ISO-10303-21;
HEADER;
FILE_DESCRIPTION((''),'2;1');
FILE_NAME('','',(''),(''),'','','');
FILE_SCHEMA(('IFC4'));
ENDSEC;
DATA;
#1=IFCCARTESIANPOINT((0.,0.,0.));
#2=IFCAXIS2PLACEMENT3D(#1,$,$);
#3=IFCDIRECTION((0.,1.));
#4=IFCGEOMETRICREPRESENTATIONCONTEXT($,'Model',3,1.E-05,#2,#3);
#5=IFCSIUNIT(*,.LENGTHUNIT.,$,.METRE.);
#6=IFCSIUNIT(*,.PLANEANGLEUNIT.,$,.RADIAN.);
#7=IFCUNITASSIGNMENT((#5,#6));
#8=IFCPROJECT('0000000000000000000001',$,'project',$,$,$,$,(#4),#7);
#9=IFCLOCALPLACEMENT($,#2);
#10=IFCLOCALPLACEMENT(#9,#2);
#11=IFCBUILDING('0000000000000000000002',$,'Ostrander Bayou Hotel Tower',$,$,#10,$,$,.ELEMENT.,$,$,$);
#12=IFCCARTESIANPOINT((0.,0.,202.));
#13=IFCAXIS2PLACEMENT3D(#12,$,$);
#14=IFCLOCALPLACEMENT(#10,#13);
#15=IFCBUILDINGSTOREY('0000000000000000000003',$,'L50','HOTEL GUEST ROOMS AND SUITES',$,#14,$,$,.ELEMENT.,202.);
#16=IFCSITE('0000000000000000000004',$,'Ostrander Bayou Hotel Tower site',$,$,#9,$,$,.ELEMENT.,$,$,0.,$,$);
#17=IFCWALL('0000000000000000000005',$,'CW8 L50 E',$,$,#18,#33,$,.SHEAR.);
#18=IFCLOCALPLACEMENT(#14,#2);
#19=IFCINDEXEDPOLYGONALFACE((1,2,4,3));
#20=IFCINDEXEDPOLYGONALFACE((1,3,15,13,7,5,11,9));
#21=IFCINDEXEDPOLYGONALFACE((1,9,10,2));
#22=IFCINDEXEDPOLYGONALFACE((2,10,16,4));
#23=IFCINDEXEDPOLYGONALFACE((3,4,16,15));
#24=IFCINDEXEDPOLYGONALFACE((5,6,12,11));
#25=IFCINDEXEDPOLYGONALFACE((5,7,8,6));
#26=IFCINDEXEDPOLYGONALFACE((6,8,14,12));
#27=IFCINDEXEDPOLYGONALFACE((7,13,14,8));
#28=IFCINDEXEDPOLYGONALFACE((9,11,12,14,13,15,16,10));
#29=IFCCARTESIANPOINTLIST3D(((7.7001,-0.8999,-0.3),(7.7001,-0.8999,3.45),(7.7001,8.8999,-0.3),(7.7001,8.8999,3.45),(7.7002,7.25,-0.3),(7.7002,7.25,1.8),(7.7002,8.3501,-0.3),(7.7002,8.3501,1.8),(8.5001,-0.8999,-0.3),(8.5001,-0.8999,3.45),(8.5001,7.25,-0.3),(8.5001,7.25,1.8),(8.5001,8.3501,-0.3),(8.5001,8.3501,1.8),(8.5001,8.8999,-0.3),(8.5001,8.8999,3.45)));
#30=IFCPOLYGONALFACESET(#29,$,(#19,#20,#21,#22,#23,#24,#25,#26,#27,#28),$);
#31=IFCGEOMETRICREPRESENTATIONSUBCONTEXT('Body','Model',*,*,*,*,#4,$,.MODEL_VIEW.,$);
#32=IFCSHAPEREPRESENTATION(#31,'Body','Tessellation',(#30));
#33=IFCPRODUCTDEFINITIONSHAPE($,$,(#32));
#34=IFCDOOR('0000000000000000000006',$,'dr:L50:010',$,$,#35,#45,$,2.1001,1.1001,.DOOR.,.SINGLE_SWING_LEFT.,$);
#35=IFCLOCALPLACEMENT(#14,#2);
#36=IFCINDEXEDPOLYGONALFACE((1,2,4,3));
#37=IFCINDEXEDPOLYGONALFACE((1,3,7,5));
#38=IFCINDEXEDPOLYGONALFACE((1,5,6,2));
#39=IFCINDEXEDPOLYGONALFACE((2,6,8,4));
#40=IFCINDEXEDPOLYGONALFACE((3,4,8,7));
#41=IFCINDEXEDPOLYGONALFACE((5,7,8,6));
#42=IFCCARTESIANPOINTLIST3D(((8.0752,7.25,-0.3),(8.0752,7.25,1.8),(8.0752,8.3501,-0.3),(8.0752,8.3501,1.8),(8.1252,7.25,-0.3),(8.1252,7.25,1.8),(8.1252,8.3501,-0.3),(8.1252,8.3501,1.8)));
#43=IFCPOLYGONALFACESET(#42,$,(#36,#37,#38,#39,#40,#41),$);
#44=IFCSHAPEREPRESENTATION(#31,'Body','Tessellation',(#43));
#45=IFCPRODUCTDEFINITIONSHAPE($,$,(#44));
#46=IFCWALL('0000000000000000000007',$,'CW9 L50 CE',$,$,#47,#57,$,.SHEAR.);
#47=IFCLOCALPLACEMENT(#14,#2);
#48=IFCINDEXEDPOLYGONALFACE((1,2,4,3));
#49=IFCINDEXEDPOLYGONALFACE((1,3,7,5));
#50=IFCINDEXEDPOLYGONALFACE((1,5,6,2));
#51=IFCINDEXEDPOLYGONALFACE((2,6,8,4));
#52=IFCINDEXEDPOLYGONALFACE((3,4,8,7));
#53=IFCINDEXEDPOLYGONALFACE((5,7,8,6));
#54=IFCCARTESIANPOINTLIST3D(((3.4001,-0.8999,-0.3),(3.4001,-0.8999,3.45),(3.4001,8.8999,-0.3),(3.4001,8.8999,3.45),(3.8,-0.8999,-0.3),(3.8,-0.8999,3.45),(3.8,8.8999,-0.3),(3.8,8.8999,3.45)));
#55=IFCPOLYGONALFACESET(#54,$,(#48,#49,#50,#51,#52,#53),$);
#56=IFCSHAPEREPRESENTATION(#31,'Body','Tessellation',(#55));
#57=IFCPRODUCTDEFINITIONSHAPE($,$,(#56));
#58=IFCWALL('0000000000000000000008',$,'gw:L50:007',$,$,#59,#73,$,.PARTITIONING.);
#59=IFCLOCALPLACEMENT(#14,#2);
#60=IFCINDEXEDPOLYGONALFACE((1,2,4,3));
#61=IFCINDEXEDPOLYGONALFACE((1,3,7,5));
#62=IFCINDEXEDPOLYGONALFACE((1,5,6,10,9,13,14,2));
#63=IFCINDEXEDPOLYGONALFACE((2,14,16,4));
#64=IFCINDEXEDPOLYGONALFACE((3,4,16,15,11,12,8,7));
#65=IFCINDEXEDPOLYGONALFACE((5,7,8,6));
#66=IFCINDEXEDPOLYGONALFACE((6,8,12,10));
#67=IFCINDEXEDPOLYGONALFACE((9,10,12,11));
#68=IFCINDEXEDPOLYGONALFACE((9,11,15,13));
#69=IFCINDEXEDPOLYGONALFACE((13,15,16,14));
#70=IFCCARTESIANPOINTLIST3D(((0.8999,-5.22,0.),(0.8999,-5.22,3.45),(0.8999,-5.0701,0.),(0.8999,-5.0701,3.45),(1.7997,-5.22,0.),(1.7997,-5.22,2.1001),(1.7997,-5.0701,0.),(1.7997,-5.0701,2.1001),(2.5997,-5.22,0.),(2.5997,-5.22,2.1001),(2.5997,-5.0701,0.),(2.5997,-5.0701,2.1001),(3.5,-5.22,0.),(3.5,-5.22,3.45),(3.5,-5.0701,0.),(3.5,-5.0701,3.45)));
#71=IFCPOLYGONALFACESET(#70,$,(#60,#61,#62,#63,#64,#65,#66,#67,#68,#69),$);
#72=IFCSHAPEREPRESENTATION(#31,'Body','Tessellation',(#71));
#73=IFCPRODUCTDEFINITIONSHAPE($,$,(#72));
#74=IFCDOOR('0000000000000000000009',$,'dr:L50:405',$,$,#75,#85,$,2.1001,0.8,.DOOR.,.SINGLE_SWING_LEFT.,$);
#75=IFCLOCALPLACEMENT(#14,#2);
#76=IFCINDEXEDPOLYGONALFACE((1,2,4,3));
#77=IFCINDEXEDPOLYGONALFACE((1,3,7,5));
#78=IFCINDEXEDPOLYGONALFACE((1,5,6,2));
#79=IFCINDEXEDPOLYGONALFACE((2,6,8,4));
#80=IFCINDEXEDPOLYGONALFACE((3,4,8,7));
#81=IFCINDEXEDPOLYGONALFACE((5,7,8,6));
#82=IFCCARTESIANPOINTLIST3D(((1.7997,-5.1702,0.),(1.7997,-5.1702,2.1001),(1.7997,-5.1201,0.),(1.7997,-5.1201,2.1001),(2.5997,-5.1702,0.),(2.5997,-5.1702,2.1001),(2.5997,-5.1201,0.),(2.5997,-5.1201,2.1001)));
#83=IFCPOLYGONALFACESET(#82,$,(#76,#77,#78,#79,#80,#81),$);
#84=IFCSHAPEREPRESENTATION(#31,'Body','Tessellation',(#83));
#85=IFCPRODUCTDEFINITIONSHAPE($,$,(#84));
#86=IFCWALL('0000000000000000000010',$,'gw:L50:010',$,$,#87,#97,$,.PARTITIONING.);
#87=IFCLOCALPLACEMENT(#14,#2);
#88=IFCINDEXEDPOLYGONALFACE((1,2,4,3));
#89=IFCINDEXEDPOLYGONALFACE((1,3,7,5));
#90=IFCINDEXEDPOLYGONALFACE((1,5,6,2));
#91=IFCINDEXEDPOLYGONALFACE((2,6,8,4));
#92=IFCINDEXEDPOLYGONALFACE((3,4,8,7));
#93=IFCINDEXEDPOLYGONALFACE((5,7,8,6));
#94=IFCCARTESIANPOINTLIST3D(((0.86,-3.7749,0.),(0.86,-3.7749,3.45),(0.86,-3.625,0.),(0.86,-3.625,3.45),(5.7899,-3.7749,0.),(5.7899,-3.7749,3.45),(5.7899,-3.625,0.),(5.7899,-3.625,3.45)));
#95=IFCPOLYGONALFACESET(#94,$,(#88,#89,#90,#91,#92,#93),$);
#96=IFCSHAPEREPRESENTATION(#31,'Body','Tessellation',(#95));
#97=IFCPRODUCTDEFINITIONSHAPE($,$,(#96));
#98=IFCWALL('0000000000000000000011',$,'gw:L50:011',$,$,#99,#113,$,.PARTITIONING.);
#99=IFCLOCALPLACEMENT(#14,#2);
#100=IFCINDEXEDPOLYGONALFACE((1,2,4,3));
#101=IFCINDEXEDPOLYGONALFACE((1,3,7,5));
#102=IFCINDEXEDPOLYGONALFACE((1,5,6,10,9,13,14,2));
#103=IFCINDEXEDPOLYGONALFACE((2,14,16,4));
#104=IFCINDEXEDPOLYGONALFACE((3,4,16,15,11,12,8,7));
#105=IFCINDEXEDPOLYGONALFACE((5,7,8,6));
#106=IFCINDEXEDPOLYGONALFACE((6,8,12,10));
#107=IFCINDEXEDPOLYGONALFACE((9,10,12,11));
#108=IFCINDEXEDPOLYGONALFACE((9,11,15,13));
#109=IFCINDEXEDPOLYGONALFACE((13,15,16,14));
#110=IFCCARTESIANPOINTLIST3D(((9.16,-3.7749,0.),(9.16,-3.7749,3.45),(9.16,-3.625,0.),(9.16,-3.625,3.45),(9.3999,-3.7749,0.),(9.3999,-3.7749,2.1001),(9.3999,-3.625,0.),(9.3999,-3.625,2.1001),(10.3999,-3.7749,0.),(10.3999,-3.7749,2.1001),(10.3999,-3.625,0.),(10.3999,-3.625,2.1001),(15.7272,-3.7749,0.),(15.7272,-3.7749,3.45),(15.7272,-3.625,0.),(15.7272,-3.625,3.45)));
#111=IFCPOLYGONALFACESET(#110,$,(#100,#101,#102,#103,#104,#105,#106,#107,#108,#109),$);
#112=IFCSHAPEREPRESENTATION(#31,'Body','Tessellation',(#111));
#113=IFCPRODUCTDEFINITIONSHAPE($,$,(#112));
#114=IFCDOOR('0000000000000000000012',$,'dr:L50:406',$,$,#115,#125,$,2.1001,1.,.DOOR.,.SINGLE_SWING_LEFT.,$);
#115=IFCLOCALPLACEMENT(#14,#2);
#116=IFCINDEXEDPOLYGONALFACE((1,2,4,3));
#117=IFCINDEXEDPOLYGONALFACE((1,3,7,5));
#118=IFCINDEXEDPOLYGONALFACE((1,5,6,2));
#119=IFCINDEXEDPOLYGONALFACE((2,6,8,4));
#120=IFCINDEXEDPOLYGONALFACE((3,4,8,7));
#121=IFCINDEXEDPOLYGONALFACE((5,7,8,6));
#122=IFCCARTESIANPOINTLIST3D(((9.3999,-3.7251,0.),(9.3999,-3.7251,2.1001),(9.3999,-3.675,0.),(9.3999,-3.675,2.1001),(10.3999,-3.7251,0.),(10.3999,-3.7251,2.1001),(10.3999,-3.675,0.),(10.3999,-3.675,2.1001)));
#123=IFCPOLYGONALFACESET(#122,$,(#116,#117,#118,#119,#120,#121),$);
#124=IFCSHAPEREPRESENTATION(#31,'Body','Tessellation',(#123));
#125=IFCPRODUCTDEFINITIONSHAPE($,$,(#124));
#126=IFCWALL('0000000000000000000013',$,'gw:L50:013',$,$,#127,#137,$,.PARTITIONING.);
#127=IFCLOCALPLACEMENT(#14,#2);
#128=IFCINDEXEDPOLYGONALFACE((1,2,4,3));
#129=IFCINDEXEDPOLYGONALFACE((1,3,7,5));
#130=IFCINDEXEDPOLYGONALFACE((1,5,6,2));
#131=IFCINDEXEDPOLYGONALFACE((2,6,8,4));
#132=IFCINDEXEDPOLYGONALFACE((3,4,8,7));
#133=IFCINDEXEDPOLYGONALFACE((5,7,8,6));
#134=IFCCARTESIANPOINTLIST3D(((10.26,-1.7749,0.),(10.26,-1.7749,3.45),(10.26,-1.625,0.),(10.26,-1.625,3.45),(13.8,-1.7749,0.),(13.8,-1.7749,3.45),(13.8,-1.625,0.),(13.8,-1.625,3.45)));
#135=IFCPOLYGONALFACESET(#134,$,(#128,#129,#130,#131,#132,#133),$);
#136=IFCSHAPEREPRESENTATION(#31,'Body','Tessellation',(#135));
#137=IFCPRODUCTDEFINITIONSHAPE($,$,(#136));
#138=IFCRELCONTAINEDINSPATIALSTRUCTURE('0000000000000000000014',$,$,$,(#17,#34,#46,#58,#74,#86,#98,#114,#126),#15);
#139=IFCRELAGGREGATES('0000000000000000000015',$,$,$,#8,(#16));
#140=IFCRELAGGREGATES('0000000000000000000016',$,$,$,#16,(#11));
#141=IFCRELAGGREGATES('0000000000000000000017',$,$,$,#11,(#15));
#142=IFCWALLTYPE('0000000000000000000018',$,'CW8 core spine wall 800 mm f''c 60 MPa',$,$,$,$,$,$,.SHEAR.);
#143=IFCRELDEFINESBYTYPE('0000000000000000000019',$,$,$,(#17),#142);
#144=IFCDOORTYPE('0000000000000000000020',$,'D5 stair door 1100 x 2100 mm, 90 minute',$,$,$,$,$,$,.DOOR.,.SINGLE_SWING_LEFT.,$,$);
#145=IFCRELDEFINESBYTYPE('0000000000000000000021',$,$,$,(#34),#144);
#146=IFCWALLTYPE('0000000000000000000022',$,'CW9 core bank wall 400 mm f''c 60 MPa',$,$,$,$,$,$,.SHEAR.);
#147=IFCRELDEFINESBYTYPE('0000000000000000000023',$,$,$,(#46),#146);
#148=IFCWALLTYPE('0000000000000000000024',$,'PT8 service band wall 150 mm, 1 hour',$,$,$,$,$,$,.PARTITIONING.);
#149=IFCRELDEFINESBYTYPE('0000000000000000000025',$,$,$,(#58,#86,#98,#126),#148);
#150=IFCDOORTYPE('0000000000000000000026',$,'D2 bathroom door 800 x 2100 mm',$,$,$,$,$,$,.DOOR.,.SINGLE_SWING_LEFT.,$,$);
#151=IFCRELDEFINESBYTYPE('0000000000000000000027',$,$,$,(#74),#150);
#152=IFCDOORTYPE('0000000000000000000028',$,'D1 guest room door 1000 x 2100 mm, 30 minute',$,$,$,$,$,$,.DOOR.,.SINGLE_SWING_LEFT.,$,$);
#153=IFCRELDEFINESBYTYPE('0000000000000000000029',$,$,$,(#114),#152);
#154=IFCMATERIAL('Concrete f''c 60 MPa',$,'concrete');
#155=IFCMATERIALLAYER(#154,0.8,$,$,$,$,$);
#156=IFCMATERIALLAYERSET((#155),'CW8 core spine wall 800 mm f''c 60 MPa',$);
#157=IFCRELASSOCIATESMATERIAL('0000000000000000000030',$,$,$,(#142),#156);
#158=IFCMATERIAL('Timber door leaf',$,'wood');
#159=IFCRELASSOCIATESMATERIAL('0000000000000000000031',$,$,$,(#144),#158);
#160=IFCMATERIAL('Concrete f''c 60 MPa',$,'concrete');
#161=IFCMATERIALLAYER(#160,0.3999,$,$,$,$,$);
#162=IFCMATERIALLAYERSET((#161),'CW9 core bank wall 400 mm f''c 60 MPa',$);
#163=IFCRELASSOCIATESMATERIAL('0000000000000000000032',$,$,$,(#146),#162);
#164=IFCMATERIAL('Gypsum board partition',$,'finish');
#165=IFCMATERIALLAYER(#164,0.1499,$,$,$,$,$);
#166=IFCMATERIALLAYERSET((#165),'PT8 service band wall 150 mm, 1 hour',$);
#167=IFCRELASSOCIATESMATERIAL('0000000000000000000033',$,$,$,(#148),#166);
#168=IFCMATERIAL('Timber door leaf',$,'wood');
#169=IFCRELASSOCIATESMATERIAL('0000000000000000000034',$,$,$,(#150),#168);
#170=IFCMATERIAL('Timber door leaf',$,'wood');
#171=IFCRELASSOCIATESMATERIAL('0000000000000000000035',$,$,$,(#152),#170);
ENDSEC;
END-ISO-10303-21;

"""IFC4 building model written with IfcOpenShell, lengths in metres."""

from ifc_helpers import new_model, si_unit, direction, frame, frame_2d, origin, place, context, subcontext, project, spatial, rectangle, extrude, material, layer, layer_set, type_object, element, fill, save


model = new_model("IFC4")

# Units and contexts
model_context = context("Model", 3, precision=1e-05, world=origin(), true_north=direction((0.0, 1.0)))
body_context = subcontext(model_context, "Body", "Model", "MODEL_VIEW")
ifc_project = project(units=[si_unit("LENGTHUNIT", "METRE"), si_unit("PLANEANGLEUNIT", "RADIAN")], contexts=[model_context])

# Site, building, storey
site_placement = place(None, origin())
site = spatial("IfcSite", under=ifc_project, at=site_placement, Name="Ostrander Bayou Hotel Tower site", CompositionType="ELEMENT", RefElevation=0.0)
building_placement = place(site_placement, origin())
building = spatial("IfcBuilding", under=site, at=building_placement, Name="Ostrander Bayou Hotel Tower", CompositionType="ELEMENT")
storey_placement = place(building_placement, frame((0.0, 0.0, 202.0)))
storey = spatial("IfcBuildingStorey", under=building, at=storey_placement, Name="L50", Description="HOTEL GUEST ROOMS AND SUITES", CompositionType="ELEMENT", Elevation=202.0)

# Wall, opening, door
ifc_material_1 = material(Name="Concrete f'c 60 MPa", Category="concrete")
ifc_layer_1 = layer(ifc_material_1, 0.8)
ifc_layer_set_1 = layer_set([ifc_layer_1], Name="CW8 core spine wall 800 mm f'c 60 MPa")
wall_type_1 = type_object("IfcWallType", Name="CW8 core spine wall 800 mm f'c 60 MPa", PredefinedType="SHEAR", material=ifc_layer_set_1)
wall_1_placement = place(storey_placement, frame((8.1001, -0.8999, -0.3), z_axis=(0.0, 0.0, 1.0), x_axis=(0.0, 1.0, 0.0)))
wall_1 = element("IfcWall", 1, at=wall_1_placement, inside=storey, type_object=wall_type_1, Name="CW8 L50 E", PredefinedType="SHEAR", context=body_context, shape_type="SweptSolid", body=[
    extrude(rectangle(XDim=9.7998, YDim=0.8, at=frame_2d((4.8999, 0.0))), origin(), (0.0, 0.0, 1.0), 3.75),
])
opening_1_placement = place(wall_1_placement, frame((8.1499, 0.0, 0.0)))
opening_1 = element("IfcOpeningElement", 2, at=opening_1_placement, cuts=wall_1, PredefinedType="OPENING", context=body_context, shape_type="SweptSolid", body=[
    extrude(rectangle(XDim=1.1001, YDim=2.1001, at=frame_2d((0.55, 1.05))), frame((0.0, 0.3999, 0.0), z_axis=(0.0, -1.0, 0.0), x_axis=(1.0, 0.0, 0.0)), (0.0, 0.0, 1.0), 0.8),
])
ifc_material_2 = material(Name="Timber door leaf", Category="wood")
door_type_1 = type_object("IfcDoorType", Name="D5 stair door 1100 x 2100 mm, 90 minute", OperationType="SINGLE_SWING_LEFT", PredefinedType="DOOR", material=ifc_material_2)
door_1_placement = place(opening_1_placement, origin())
door_1 = element("IfcDoor", 3, at=door_1_placement, inside=storey, type_object=door_type_1, Name="dr:L50:010", OperationType="SINGLE_SWING_LEFT", OverallHeight=2.1001, OverallWidth=1.1001, PredefinedType="DOOR", context=body_context, shape_type="SweptSolid", body=[
    extrude(rectangle(XDim=1.1001, YDim=2.1001, at=frame_2d((0.55, 1.05))), frame((0.0, 0.0249, 0.0), z_axis=(0.0, -1.0, 0.0), x_axis=(1.0, 0.0, 0.0)), (0.0, 0.0, 1.0), 0.05),
])
fill(opening_1, door_1)

# Wall
ifc_material_3 = material(Name="Concrete f'c 60 MPa", Category="concrete")
ifc_layer_2 = layer(ifc_material_3, 0.3999)
ifc_layer_set_2 = layer_set([ifc_layer_2], Name="CW9 core bank wall 400 mm f'c 60 MPa")
wall_type_2 = type_object("IfcWallType", Name="CW9 core bank wall 400 mm f'c 60 MPa", PredefinedType="SHEAR", material=ifc_layer_set_2)
wall_2_placement = place(storey_placement, frame((3.6001, -0.8999, -0.3), z_axis=(0.0, 0.0, 1.0), x_axis=(0.0, 1.0, 0.0)))
element("IfcWall", 4, at=wall_2_placement, inside=storey, type_object=wall_type_2, Name="CW9 L50 CE", PredefinedType="SHEAR", context=body_context, shape_type="SweptSolid", body=[
    extrude(rectangle(XDim=9.7998, YDim=0.3999, at=frame_2d((4.8999, 0.0))), origin(), (0.0, 0.0, 1.0), 3.75),
])

# Wall, opening, door
ifc_material_4 = material(Name="Gypsum board partition", Category="finish")
ifc_layer_3 = layer(ifc_material_4, 0.1499)
ifc_layer_set_3 = layer_set([ifc_layer_3], Name="PT8 service band wall 150 mm, 1 hour")
wall_type_3 = type_object("IfcWallType", Name="PT8 service band wall 150 mm, 1 hour", PredefinedType="PARTITIONING", material=ifc_layer_set_3)
wall_3_placement = place(storey_placement, frame((0.8999, -5.145, 0.0), z_axis=(0.0, 0.0, 1.0), x_axis=(1.0, 0.0, 0.0)))
wall_3 = element("IfcWall", 5, at=wall_3_placement, inside=storey, type_object=wall_type_3, Name="gw:L50:007", PredefinedType="PARTITIONING", context=body_context, shape_type="SweptSolid", body=[
    extrude(rectangle(XDim=2.6001, YDim=0.1499, at=frame_2d((1.3, 0.0))), origin(), (0.0, 0.0, 1.0), 3.45),
])
opening_2_placement = place(wall_3_placement, frame((0.8999, 0.0, 0.0)))
opening_2 = element("IfcOpeningElement", 6, at=opening_2_placement, cuts=wall_3, PredefinedType="OPENING", context=body_context, shape_type="SweptSolid", body=[
    extrude(rectangle(XDim=0.8, YDim=2.1001, at=frame_2d((0.3999, 1.05))), frame((0.0, 0.075, 0.0), z_axis=(0.0, -1.0, 0.0), x_axis=(1.0, 0.0, 0.0)), (0.0, 0.0, 1.0), 0.1499),
])
ifc_material_5 = material(Name="Timber door leaf", Category="wood")
door_type_2 = type_object("IfcDoorType", Name="D2 bathroom door 800 x 2100 mm", OperationType="SINGLE_SWING_LEFT", PredefinedType="DOOR", material=ifc_material_5)
door_2_placement = place(opening_2_placement, origin())
door_2 = element("IfcDoor", 7, at=door_2_placement, inside=storey, type_object=door_type_2, Name="dr:L50:405", OperationType="SINGLE_SWING_LEFT", OverallHeight=2.1001, OverallWidth=0.8, PredefinedType="DOOR", context=body_context, shape_type="SweptSolid", body=[
    extrude(rectangle(XDim=0.8, YDim=2.1001, at=frame_2d((0.3999, 1.05))), frame((0.0, 0.0249, 0.0), z_axis=(0.0, -1.0, 0.0), x_axis=(1.0, 0.0, 0.0)), (0.0, 0.0, 1.0), 0.05),
])
fill(opening_2, door_2)

# Wall
wall_4_placement = place(storey_placement, frame((0.8601, -3.7, 0.0), z_axis=(0.0, 0.0, 1.0), x_axis=(1.0, 0.0, 0.0)))
element("IfcWall", 8, at=wall_4_placement, inside=storey, type_object=wall_type_3, Name="gw:L50:010", PredefinedType="PARTITIONING", context=body_context, shape_type="SweptSolid", body=[
    extrude(rectangle(XDim=4.9299, YDim=0.1499, at=frame_2d((2.4648, 0.0))), origin(), (0.0, 0.0, 1.0), 3.45),
])

# Wall, opening, door
wall_5_placement = place(storey_placement, frame((9.1599, -3.7, 0.0), z_axis=(0.0, 0.0, 1.0), x_axis=(1.0, 0.0, 0.0)))
wall_5 = element("IfcWall", 9, at=wall_5_placement, inside=storey, type_object=wall_type_3, Name="gw:L50:011", PredefinedType="PARTITIONING", context=body_context, shape_type="SweptSolid", body=[
    extrude(rectangle(XDim=6.5671, YDim=0.1499, at=frame_2d((3.2837, 0.0))), origin(), (0.0, 0.0, 1.0), 3.45),
])
opening_3_placement = place(wall_5_placement, frame((0.24, 0.0, 0.0)))
opening_3 = element("IfcOpeningElement", 10, at=opening_3_placement, cuts=wall_5, PredefinedType="OPENING", context=body_context, shape_type="SweptSolid", body=[
    extrude(rectangle(XDim=1.0, YDim=2.1001, at=frame_2d((0.5, 1.05))), frame((0.0, 0.075, 0.0), z_axis=(0.0, -1.0, 0.0), x_axis=(1.0, 0.0, 0.0)), (0.0, 0.0, 1.0), 0.1499),
])
ifc_material_6 = material(Name="Timber door leaf", Category="wood")
door_type_3 = type_object("IfcDoorType", Name="D1 guest room door 1000 x 2100 mm, 30 minute", OperationType="SINGLE_SWING_LEFT", PredefinedType="DOOR", material=ifc_material_6)
door_3_placement = place(opening_3_placement, origin())
door_3 = element("IfcDoor", 11, at=door_3_placement, inside=storey, type_object=door_type_3, Name="dr:L50:406", OperationType="SINGLE_SWING_LEFT", OverallHeight=2.1001, OverallWidth=1.0, PredefinedType="DOOR", context=body_context, shape_type="SweptSolid", body=[
    extrude(rectangle(XDim=1.0, YDim=2.1001, at=frame_2d((0.5, 1.05))), frame((0.0, 0.0249, 0.0), z_axis=(0.0, -1.0, 0.0), x_axis=(1.0, 0.0, 0.0)), (0.0, 0.0, 1.0), 0.05),
])
fill(opening_3, door_3)

# Wall
wall_6_placement = place(storey_placement, frame((10.26, -1.7, 0.0), z_axis=(0.0, 0.0, 1.0), x_axis=(1.0, 0.0, 0.0)))
element("IfcWall", 12, at=wall_6_placement, inside=storey, type_object=wall_type_3, Name="gw:L50:013", PredefinedType="PARTITIONING", context=body_context, shape_type="SweptSolid", body=[
    extrude(rectangle(XDim=3.54, YDim=0.1499, at=frame_2d((1.77, 0.0))), origin(), (0.0, 0.0, 1.0), 3.45),
])

save(model, "model.ifc")
